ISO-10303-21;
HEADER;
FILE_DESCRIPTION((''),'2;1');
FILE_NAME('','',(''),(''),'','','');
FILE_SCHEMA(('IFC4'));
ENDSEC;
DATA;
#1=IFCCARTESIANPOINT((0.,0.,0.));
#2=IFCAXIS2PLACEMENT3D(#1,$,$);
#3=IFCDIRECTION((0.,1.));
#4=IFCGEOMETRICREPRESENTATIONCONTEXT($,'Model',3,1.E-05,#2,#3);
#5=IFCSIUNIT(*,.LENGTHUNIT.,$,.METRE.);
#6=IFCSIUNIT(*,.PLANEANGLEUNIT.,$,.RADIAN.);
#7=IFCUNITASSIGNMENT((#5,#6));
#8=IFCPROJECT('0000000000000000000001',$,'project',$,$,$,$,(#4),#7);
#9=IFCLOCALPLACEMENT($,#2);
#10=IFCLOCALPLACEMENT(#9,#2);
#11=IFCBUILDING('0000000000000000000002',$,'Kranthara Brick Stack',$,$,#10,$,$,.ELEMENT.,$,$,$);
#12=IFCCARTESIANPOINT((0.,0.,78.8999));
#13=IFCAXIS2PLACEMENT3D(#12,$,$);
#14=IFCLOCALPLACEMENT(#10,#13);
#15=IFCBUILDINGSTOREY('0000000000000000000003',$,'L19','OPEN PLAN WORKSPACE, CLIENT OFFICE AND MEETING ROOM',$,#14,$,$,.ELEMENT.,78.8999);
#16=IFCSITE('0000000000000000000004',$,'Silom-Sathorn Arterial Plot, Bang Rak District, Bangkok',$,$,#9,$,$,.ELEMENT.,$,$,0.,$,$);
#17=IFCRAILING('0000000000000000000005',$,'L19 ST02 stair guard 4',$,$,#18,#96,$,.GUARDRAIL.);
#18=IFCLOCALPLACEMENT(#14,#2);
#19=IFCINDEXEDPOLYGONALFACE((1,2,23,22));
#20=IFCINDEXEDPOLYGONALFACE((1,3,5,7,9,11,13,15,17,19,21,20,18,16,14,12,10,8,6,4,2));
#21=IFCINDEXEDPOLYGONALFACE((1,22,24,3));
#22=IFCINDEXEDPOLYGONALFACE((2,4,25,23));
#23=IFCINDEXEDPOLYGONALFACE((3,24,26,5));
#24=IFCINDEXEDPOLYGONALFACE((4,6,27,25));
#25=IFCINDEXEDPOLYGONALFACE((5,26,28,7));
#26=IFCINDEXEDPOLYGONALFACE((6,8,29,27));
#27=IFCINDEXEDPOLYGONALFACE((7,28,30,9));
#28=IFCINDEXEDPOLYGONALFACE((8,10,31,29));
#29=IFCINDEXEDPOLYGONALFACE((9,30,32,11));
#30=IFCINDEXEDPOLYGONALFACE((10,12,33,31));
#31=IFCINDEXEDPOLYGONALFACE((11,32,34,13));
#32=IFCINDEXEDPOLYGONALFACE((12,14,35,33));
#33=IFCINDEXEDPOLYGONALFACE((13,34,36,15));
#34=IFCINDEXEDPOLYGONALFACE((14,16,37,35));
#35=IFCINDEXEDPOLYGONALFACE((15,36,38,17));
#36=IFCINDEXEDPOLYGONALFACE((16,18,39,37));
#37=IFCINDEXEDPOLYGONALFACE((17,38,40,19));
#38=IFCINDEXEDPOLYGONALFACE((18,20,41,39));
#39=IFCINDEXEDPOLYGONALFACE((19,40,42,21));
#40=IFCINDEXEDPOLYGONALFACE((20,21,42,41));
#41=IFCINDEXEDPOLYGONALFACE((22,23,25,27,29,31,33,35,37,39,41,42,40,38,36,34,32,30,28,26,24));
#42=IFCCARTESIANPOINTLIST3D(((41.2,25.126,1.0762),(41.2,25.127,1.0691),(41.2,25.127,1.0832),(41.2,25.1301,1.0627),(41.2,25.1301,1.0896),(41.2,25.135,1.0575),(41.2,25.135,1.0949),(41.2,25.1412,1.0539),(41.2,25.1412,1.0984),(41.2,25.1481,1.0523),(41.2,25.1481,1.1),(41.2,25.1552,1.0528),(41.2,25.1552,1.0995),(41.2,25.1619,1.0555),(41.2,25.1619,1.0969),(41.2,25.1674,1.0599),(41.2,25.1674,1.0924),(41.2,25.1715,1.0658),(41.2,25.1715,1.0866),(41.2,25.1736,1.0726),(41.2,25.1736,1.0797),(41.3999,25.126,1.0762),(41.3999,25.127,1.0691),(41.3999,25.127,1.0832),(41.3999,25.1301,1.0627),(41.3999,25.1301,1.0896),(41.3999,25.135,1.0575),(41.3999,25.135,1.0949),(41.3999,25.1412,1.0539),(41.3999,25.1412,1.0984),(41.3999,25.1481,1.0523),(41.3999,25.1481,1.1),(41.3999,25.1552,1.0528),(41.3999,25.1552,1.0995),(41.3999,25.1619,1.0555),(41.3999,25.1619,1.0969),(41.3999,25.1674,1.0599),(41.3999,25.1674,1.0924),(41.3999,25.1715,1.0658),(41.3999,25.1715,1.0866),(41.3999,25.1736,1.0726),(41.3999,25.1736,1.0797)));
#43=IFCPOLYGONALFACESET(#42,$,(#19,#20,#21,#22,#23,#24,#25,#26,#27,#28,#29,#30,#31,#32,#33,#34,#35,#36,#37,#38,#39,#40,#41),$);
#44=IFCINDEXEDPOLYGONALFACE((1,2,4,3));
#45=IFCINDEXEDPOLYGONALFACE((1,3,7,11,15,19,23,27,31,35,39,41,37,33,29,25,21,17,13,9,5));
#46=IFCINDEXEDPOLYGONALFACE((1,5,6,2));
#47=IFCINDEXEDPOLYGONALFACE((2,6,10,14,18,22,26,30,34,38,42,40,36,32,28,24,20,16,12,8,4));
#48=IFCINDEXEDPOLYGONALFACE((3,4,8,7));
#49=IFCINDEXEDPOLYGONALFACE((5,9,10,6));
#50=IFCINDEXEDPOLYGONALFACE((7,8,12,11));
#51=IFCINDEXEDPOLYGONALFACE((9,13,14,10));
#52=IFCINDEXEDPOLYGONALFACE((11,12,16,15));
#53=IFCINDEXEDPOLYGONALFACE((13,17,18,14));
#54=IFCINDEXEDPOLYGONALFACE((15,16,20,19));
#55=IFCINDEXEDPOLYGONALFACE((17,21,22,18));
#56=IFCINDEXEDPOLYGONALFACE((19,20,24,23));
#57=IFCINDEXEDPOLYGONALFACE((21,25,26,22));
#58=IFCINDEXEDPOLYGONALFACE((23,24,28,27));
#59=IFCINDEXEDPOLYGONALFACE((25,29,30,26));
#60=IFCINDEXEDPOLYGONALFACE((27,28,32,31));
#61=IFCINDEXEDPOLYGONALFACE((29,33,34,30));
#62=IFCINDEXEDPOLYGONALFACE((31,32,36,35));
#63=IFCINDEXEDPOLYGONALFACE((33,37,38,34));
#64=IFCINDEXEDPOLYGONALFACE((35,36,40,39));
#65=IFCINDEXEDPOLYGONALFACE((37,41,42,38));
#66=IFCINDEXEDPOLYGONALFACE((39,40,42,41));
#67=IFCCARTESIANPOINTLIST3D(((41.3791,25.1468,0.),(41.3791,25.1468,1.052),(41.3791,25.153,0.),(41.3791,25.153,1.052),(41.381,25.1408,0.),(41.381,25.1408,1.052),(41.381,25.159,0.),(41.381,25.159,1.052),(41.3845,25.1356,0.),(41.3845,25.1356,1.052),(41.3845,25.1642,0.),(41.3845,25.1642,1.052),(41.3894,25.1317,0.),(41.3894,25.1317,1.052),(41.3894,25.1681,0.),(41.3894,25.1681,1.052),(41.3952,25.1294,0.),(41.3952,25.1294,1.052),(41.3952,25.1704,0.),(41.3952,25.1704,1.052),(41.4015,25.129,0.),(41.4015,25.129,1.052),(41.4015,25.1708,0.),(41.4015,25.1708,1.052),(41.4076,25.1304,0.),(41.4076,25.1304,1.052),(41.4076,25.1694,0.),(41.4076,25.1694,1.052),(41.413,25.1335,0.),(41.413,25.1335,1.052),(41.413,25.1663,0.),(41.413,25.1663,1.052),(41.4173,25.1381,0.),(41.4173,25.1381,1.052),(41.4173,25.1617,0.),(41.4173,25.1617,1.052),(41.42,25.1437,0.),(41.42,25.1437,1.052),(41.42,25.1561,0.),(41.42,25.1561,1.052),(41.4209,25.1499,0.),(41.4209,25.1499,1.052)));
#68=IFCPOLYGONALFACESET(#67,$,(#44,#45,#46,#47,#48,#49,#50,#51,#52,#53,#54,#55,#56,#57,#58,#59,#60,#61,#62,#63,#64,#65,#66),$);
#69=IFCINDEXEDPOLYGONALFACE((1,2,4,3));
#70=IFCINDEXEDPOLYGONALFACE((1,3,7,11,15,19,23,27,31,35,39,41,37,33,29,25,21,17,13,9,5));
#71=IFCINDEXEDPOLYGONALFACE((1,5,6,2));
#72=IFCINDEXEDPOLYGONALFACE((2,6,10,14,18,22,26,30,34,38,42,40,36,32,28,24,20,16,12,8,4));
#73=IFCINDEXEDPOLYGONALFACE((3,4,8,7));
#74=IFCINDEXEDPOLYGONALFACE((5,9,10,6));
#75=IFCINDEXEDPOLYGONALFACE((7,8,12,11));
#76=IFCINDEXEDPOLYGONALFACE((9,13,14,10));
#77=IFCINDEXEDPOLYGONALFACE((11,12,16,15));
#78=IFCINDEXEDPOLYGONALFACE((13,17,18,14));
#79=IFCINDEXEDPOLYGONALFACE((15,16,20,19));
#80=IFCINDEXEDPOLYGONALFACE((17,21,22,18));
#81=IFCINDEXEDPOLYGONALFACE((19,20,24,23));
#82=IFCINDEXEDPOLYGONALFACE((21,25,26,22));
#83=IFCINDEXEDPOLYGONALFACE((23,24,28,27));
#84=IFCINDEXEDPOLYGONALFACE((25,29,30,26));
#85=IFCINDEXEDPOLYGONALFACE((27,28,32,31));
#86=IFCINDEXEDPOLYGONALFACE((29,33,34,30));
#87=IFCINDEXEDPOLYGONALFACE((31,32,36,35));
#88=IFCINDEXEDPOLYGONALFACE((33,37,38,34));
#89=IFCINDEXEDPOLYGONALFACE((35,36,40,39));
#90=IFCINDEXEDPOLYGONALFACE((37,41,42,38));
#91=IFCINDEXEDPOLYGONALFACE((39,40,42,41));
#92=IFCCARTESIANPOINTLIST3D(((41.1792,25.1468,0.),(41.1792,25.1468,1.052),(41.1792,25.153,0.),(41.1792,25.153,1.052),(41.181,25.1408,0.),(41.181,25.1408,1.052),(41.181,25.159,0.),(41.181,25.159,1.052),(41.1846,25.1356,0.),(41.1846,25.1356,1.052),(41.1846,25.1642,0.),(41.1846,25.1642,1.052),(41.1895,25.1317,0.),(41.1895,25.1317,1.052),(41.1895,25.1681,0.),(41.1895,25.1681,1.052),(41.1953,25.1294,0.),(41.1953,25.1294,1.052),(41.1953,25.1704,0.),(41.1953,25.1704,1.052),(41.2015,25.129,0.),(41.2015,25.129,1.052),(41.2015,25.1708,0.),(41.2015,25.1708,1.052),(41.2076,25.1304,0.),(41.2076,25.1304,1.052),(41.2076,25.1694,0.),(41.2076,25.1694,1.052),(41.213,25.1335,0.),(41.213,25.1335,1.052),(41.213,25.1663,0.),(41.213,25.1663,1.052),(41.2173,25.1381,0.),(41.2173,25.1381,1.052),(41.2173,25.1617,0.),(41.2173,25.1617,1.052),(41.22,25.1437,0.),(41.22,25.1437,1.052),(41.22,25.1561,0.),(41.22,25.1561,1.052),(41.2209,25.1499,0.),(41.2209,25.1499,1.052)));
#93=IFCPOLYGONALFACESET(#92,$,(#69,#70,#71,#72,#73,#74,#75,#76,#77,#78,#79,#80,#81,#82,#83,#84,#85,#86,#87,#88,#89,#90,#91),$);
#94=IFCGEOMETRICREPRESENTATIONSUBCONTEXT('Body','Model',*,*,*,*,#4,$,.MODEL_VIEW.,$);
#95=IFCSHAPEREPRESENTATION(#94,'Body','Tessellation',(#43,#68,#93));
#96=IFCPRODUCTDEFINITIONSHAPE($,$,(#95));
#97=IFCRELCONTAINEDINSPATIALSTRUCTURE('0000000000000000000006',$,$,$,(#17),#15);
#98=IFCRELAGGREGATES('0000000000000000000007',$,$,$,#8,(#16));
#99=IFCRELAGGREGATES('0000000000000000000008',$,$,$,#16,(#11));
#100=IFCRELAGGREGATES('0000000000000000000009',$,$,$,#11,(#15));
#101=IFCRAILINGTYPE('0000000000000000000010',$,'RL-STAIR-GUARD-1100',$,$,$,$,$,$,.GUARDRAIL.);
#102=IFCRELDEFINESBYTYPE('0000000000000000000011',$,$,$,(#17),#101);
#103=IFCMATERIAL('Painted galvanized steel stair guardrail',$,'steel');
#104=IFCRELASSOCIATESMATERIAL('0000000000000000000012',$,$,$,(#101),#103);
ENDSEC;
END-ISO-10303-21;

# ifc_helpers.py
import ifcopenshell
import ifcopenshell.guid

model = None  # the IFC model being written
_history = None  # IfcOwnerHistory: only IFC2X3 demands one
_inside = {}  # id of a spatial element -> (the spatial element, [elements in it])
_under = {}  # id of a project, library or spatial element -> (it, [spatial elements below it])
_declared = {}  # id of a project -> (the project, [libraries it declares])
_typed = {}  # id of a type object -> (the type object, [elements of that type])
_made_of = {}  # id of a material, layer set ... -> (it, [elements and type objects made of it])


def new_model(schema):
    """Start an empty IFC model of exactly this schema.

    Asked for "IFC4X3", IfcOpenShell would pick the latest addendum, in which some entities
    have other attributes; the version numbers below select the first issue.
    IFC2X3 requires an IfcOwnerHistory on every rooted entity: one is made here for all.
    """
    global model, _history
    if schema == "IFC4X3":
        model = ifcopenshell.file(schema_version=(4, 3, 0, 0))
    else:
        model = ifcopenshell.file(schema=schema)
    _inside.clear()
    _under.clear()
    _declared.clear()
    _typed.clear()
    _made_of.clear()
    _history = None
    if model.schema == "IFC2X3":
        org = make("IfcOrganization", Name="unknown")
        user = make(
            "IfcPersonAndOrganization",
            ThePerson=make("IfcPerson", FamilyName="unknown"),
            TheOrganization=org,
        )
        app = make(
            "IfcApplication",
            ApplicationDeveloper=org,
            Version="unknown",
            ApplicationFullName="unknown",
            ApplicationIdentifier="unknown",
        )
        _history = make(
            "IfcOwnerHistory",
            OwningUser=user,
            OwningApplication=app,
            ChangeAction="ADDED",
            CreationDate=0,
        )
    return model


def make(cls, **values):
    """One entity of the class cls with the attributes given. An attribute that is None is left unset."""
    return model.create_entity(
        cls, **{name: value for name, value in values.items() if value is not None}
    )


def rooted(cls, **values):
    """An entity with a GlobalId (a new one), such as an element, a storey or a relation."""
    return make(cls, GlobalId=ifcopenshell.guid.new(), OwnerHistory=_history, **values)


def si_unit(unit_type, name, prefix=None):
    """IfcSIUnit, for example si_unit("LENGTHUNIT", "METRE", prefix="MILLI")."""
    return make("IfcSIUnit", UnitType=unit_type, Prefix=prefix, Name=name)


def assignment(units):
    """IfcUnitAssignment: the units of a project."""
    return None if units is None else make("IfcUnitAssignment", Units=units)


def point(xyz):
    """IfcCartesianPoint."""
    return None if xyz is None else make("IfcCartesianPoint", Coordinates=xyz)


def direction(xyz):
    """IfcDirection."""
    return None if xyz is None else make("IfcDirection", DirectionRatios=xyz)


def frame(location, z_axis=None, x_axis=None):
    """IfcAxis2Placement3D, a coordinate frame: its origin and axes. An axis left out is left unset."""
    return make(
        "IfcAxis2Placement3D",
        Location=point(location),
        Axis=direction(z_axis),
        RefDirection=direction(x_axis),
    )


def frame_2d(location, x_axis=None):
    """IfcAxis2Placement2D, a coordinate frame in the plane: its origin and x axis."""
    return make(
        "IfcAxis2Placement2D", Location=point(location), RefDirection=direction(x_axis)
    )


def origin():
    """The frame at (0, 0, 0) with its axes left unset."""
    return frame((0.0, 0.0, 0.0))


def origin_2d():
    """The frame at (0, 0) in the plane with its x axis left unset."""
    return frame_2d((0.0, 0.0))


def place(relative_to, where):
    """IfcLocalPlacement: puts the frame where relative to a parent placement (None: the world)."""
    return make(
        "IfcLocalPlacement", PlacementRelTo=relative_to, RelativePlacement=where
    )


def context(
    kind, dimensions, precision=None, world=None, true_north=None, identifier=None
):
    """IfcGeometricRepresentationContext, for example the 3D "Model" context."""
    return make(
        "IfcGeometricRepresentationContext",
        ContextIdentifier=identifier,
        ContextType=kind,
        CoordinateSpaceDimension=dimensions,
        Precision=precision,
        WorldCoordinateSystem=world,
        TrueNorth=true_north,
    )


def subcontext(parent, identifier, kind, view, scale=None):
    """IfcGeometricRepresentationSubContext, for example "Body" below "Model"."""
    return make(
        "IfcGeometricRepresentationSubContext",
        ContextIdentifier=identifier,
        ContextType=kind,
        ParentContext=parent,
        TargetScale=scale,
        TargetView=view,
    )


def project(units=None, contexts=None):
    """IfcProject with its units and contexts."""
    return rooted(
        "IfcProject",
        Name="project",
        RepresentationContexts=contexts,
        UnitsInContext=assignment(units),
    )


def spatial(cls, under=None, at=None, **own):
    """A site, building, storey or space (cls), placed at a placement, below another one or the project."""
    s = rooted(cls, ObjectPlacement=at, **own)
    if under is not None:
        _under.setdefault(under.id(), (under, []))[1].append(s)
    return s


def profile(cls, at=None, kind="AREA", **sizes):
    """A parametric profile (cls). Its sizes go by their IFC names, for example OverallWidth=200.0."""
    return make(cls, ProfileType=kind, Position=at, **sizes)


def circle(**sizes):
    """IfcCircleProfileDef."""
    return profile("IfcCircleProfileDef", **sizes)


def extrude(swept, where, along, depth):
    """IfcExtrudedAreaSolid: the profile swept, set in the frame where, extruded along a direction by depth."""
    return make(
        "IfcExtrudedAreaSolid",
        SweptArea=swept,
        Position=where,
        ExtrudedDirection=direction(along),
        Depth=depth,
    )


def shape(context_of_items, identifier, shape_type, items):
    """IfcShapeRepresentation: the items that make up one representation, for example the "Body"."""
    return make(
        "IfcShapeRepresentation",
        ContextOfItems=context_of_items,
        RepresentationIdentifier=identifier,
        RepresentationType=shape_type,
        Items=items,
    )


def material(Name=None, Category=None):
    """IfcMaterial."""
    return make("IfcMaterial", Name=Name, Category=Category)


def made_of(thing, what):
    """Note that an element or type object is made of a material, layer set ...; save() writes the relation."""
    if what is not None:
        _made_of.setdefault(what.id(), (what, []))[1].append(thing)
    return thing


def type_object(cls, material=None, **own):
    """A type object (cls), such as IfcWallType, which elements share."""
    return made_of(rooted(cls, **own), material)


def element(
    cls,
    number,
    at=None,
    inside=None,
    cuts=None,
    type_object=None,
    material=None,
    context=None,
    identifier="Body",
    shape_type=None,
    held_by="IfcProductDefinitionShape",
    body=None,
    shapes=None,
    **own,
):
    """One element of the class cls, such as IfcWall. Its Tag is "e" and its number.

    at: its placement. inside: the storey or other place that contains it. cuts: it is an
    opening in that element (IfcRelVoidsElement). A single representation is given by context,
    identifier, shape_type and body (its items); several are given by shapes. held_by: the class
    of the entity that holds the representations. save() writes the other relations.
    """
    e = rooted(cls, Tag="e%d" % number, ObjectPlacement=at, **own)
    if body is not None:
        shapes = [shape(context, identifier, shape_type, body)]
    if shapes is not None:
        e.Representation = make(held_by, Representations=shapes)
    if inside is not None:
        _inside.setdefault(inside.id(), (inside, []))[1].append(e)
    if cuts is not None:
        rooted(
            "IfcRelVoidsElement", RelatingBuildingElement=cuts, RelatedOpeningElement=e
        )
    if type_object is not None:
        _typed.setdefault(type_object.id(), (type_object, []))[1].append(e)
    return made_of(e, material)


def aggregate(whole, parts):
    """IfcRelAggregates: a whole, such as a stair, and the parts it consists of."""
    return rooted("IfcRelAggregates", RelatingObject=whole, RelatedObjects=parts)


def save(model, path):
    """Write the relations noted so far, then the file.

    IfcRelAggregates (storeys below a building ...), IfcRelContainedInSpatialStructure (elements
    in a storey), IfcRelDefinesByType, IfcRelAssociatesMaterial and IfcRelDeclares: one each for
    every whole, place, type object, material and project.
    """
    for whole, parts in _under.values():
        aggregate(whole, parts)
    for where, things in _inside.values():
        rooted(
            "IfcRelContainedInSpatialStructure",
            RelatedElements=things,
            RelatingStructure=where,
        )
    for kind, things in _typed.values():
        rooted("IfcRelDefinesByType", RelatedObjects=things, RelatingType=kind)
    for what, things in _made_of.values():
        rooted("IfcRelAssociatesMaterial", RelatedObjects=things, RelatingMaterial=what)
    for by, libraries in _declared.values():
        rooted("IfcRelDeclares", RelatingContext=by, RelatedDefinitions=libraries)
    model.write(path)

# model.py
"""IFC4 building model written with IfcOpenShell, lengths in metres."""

from ifc_helpers import new_model, si_unit, direction, frame, origin, origin_2d, place, context, subcontext, project, spatial, circle, extrude, material, type_object, element, save


model = new_model("IFC4")

# Units and contexts
model_context = context("Model", 3, precision=1e-05, world=origin(), true_north=direction((0.0, 1.0)))
body_context = subcontext(model_context, "Body", "Model", "MODEL_VIEW")
ifc_project = project(units=[si_unit("LENGTHUNIT", "METRE"), si_unit("PLANEANGLEUNIT", "RADIAN")], contexts=[model_context])

# Site, building, storey
site_placement = place(None, origin())
site = spatial("IfcSite", under=ifc_project, at=site_placement, Name="Silom-Sathorn Arterial Plot, Bang Rak District, Bangkok", CompositionType="ELEMENT", RefElevation=0.0)
building_placement = place(site_placement, origin())
building = spatial("IfcBuilding", under=site, at=building_placement, Name="Kranthara Brick Stack", CompositionType="ELEMENT")
storey_placement = place(building_placement, frame((0.0, 0.0, 78.8999)))
storey = spatial("IfcBuildingStorey", under=building, at=storey_placement, Name="L19", Description="OPEN PLAN WORKSPACE, CLIENT OFFICE AND MEETING ROOM", CompositionType="ELEMENT", Elevation=78.8999)

# Railing
ifc_material_1 = material(Name="Painted galvanized steel stair guardrail", Category="steel")
railing_type_1 = type_object("IfcRailingType", Name="RL-STAIR-GUARD-1100", PredefinedType="GUARDRAIL", material=ifc_material_1)
railing_1_placement = place(storey_placement, frame((41.3999, 25.1499, 0.0)))
element("IfcRailing", 1, at=railing_1_placement, inside=storey, type_object=railing_type_1, Name="L19 ST02 stair guard 4", PredefinedType="GUARDRAIL", context=body_context, shape_type="SweptSolid", body=[
    extrude(circle(Radius=0.0239, at=origin_2d()), frame((0.0, 0.0, 1.0762), z_axis=(-1.0, 0.0, 0.0), x_axis=(0.0, -1.0, 0.0)), (0.0, 0.0, 1.0), 0.2),
    extrude(circle(Radius=0.021, at=origin_2d()), origin(), (0.0, 0.0, 1.0), 1.052),
    extrude(circle(Radius=0.021, at=origin_2d()), frame((-0.2, 0.0, 0.0)), (0.0, 0.0, 1.0), 1.052),
])

save(model, "model.ifc")
